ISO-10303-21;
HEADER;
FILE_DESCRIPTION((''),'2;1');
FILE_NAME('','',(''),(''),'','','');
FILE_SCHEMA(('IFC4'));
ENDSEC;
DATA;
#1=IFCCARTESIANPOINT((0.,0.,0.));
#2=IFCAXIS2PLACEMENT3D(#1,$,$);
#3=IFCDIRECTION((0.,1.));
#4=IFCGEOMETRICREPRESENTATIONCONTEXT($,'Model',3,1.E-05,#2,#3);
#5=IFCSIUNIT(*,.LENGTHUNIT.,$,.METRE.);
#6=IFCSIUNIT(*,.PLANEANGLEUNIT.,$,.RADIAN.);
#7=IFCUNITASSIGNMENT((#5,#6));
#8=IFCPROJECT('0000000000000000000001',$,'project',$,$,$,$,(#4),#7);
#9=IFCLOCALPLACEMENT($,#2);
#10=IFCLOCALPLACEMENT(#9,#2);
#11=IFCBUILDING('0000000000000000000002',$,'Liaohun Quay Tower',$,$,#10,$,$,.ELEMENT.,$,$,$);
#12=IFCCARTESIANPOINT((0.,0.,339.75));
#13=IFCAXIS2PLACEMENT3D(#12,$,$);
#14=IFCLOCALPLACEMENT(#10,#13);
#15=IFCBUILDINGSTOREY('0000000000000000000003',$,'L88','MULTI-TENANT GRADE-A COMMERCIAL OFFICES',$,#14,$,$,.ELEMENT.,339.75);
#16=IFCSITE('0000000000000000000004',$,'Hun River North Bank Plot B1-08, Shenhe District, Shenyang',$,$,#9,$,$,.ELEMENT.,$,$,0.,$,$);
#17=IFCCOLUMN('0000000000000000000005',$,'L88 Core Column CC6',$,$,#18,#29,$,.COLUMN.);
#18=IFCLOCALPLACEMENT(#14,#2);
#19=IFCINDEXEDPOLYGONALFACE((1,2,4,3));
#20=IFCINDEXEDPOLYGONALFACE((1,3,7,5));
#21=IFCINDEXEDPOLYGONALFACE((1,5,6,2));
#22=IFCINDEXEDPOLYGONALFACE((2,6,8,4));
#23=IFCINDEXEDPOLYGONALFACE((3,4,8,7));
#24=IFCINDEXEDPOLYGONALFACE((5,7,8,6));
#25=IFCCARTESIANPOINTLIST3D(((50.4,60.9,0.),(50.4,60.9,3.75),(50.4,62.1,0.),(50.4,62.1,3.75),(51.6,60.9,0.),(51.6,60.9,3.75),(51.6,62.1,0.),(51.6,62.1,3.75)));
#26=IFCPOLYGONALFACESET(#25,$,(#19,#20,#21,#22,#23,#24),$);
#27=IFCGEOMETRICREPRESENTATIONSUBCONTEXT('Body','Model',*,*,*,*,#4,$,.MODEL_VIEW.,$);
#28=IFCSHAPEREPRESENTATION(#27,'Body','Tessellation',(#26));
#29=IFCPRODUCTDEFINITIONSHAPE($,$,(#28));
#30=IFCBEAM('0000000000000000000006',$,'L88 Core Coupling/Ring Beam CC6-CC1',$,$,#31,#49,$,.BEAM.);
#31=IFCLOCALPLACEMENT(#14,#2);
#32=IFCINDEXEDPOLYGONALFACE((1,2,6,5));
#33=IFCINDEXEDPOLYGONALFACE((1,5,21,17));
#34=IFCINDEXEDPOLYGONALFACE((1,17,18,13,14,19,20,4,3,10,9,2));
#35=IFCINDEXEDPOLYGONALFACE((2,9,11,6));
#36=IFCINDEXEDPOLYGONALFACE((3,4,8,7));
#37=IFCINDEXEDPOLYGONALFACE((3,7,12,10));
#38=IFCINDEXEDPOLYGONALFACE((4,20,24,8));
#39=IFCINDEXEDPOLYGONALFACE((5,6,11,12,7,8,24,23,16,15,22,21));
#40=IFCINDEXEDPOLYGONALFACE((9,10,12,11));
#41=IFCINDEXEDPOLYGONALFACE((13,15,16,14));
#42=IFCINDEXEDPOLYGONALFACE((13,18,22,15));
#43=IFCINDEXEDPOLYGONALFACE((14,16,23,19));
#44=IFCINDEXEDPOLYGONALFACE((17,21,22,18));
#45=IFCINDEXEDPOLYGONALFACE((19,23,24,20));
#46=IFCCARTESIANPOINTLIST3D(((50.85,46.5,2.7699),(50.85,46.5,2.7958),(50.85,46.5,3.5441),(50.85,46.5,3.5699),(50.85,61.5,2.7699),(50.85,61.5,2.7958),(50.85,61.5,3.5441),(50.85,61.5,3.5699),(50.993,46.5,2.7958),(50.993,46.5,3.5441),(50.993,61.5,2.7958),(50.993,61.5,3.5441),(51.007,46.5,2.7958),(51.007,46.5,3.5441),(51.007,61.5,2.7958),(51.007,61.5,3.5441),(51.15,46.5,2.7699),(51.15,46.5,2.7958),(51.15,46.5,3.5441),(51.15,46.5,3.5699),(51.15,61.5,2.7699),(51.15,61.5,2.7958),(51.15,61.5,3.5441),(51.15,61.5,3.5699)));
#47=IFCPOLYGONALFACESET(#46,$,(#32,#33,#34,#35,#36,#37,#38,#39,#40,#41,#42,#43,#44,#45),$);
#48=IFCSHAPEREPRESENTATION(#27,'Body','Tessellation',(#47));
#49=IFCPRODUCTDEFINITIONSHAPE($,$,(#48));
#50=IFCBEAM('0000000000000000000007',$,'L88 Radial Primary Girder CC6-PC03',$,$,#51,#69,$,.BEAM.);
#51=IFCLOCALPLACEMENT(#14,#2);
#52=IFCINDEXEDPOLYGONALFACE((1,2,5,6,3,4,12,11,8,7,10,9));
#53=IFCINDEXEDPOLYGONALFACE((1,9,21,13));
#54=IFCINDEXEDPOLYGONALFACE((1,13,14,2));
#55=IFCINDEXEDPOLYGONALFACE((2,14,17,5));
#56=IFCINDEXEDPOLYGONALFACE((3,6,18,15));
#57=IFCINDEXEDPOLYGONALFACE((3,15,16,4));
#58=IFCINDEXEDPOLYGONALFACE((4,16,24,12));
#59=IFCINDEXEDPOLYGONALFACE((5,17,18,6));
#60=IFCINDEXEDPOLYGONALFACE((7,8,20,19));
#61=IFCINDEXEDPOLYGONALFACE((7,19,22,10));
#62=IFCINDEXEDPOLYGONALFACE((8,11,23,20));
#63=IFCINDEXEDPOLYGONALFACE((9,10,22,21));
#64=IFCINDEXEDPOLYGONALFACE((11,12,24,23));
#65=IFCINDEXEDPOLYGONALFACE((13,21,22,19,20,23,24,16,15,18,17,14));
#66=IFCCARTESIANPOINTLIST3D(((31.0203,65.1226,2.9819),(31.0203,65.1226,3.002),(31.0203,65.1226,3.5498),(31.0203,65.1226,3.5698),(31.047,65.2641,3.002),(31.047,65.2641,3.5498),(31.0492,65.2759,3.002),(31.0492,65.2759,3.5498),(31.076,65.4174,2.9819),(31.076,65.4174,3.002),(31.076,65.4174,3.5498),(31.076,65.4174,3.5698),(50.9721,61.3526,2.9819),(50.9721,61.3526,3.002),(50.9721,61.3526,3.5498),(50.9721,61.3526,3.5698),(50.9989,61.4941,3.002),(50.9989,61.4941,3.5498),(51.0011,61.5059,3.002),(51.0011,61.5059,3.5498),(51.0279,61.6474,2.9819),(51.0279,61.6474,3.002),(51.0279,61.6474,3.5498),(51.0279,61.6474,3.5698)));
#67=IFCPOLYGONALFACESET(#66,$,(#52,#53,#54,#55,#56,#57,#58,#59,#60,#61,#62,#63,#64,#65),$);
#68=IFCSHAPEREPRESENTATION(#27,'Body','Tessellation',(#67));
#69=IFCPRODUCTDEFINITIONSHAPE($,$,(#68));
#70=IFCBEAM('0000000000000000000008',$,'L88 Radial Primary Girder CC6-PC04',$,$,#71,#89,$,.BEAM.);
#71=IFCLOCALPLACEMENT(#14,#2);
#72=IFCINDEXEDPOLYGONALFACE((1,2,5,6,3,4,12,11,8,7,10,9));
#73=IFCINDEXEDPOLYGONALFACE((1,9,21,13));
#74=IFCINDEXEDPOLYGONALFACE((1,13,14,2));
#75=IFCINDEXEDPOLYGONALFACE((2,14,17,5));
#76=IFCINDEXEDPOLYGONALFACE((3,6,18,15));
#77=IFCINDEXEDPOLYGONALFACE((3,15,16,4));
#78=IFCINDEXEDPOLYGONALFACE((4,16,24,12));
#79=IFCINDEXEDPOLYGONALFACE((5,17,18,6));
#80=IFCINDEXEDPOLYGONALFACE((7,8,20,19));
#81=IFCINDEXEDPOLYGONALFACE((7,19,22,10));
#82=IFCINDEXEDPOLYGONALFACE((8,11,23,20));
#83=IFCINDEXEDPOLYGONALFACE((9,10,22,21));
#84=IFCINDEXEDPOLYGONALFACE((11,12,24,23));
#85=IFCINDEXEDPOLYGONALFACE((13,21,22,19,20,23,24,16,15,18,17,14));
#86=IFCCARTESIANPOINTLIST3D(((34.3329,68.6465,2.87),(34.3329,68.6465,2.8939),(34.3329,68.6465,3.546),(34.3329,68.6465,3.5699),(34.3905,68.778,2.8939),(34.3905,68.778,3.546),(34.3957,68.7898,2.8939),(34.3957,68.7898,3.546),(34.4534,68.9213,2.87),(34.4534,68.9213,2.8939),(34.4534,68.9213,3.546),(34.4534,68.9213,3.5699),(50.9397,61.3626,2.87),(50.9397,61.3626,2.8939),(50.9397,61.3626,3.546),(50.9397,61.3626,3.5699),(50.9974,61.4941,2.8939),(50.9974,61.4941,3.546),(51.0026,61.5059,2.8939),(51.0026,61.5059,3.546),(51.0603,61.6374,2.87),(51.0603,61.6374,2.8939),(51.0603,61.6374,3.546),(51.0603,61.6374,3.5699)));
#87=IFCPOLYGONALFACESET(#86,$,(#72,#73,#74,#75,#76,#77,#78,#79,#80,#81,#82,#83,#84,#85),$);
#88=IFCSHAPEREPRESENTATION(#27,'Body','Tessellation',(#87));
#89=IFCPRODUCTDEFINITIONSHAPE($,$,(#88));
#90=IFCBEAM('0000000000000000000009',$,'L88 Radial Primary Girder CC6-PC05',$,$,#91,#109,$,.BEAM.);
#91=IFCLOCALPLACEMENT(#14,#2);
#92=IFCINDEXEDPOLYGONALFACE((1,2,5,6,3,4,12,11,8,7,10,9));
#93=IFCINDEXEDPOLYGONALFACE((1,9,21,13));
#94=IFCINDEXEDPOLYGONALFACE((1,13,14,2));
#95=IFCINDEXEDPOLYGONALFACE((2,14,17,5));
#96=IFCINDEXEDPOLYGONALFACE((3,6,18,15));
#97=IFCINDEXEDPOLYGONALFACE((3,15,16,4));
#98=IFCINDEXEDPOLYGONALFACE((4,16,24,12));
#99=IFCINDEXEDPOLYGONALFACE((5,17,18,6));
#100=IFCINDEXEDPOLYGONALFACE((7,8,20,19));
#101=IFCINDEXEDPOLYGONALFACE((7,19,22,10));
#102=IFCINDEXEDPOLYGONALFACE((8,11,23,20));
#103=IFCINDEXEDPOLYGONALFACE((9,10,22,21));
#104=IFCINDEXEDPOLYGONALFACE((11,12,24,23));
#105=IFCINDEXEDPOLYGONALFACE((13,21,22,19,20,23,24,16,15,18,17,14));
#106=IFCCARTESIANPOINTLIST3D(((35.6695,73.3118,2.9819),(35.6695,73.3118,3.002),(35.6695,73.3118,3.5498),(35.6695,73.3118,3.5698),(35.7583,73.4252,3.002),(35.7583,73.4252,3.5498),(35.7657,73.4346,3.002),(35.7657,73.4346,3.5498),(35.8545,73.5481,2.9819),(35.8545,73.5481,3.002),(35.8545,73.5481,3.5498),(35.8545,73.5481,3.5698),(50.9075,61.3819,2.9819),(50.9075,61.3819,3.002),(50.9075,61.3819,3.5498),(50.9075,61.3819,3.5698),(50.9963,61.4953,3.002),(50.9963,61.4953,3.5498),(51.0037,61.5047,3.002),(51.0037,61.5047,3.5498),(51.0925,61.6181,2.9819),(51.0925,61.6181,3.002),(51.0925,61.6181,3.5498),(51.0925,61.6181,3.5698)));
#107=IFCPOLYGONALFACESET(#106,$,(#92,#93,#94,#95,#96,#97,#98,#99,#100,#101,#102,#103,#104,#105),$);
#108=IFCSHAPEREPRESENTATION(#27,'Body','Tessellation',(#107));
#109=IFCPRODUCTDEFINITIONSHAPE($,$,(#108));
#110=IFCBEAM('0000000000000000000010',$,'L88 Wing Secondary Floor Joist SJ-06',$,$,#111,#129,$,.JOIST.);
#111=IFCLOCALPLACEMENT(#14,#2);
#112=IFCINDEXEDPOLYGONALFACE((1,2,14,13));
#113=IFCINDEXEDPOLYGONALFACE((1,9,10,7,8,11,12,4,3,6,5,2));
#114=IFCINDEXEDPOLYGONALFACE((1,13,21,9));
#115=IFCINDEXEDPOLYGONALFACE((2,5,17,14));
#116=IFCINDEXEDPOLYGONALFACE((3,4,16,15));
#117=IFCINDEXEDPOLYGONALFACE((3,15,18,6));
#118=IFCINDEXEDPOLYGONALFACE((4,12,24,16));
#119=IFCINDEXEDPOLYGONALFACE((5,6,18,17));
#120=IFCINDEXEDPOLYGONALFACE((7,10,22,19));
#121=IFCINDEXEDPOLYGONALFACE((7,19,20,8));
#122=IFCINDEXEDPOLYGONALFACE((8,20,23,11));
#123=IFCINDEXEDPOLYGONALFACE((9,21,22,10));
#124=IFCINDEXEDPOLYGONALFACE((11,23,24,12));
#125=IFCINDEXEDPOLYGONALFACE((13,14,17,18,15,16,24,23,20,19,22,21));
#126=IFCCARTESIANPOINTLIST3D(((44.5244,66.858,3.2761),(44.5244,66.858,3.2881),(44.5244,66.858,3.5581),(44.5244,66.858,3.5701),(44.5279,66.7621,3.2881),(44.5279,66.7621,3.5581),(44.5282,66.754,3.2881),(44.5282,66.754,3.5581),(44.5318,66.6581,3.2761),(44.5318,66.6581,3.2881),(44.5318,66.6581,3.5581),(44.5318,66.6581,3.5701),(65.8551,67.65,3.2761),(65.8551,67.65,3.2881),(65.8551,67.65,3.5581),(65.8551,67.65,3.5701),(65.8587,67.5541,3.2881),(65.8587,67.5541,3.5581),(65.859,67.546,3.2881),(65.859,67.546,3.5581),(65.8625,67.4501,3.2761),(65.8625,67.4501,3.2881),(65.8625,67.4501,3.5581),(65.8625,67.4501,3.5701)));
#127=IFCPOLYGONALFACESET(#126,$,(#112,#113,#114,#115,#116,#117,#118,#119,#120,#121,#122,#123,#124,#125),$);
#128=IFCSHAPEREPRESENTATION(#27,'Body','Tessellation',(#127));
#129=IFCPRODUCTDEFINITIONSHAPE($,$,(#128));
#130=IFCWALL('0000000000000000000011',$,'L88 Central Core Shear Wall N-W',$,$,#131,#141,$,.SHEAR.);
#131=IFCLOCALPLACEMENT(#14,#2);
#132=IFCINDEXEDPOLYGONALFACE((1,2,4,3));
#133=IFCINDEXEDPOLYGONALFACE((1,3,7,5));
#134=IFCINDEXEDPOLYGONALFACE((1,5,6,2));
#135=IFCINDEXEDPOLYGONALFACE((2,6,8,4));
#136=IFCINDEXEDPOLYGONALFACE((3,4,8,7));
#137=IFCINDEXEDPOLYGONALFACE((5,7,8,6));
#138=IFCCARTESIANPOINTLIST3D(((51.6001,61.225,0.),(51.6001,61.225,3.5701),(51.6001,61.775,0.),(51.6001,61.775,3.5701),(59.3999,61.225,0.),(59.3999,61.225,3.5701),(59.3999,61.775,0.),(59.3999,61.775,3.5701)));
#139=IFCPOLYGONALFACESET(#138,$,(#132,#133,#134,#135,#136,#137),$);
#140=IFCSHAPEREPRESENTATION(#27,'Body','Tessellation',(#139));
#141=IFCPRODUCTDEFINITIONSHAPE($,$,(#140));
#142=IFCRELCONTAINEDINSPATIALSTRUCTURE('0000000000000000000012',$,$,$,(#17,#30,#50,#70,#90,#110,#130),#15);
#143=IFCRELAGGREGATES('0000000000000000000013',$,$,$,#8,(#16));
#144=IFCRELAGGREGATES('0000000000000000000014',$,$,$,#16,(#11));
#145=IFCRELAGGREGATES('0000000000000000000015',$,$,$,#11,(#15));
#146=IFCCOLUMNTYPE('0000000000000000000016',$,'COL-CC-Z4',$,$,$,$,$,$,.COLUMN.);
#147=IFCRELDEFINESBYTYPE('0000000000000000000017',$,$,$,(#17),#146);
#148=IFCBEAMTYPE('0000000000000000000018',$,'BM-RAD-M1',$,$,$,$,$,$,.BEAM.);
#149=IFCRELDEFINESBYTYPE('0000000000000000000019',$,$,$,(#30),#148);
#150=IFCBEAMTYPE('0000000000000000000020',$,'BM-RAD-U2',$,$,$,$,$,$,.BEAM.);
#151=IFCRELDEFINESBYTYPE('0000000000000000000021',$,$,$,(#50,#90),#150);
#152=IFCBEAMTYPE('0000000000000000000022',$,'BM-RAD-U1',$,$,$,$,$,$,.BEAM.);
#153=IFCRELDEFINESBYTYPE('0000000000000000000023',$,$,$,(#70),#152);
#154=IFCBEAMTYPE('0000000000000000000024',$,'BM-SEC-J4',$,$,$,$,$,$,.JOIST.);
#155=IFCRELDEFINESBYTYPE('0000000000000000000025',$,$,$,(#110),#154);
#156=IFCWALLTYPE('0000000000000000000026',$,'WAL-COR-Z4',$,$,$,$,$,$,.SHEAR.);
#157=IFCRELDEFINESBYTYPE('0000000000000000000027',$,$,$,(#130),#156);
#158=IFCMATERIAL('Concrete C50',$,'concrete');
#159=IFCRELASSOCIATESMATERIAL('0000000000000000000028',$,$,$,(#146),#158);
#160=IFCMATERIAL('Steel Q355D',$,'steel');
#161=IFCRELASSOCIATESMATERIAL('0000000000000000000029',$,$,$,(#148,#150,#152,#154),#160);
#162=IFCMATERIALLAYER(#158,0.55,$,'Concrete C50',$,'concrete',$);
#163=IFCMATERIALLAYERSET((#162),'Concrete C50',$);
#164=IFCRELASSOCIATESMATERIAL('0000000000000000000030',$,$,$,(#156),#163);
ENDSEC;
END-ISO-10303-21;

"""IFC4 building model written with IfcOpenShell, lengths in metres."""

from ifc_helpers import new_model, si_unit, direction, frame, frame_2d, origin, origin_2d, place, context, subcontext, project, spatial, rectangle, i_section, extrude, source, transform, mapped, material, layer, layer_set, material_profile, profile_set, type_object, element, save


model = new_model("IFC4")

# Units and contexts
model_context = context("Model", 3, precision=1e-05, world=origin(), true_north=direction((0.0, 1.0)))
body_context = subcontext(model_context, "Body", "Model", "MODEL_VIEW")
ifc_project = project(units=[si_unit("LENGTHUNIT", "METRE"), si_unit("PLANEANGLEUNIT", "RADIAN")], contexts=[model_context])

# Site, building, storey
site_placement = place(None, origin())
site = spatial("IfcSite", under=ifc_project, at=site_placement, Name="Hun River North Bank Plot B1-08, Shenhe District, Shenyang", CompositionType="ELEMENT", RefElevation=0.0)
building_placement = place(site_placement, origin())
building = spatial("IfcBuilding", under=site, at=building_placement, Name="Liaohun Quay Tower", CompositionType="ELEMENT")
storey_placement = place(building_placement, frame((0.0, 0.0, 339.75)))
storey = spatial("IfcBuildingStorey", under=building, at=storey_placement, Name="L88", Description="MULTI-TENANT GRADE-A COMMERCIAL OFFICES", CompositionType="ELEMENT", Elevation=339.75)

# Column
ifc_material_1 = material(Name="Concrete C50", Category="concrete")
ifc_material_profile_1 = material_profile(ifc_material_1, rectangle(XDim=1.2, YDim=1.2, at=origin_2d()), Name="RC1200x1200")
ifc_profile_set_1 = profile_set([ifc_material_profile_1], Name="Concrete C50")
column_type = type_object("IfcColumnType", Name="COL-CC-Z4", PredefinedType="COLUMN", material=ifc_profile_set_1)
shared_shape_1 = source(origin(), body_context, "Body", "SweptSolid", [
    extrude(rectangle(XDim=1.2, YDim=1.2, at=origin_2d()), origin(), (0.0, 0.0, 1.0), 3.75),
])
column_placement = place(storey_placement, frame((51.0, 61.5, 0.0), z_axis=(0.0, 0.0, 1.0), x_axis=(1.0, 0.0, 0.0)))
element("IfcColumn", 1, at=column_placement, inside=storey, type_object=column_type, Name="L88 Core Column CC6", PredefinedType="COLUMN", context=body_context, shape_type="MappedRepresentation", body=[
    mapped(shared_shape_1, transform((0.0, 0.0, 0.0), x_axis=(1.0, 0.0, 0.0), y_axis=(0.0, 1.0, 0.0), z_axis=(0.0, 0.0, 1.0), scale=1.0)),
])

# Beams
ifc_material_2 = material(Name="Steel Q355D", Category="steel")
ifc_material_profile_2 = material_profile(ifc_material_2, i_section(OverallWidth=0.3, OverallDepth=0.8, WebThickness=0.0139, FlangeThickness=0.0259, at=origin_2d()), Name="HN800x300x14x26")
ifc_profile_set_2 = profile_set([ifc_material_profile_2], Name="Steel Q355D")
beam_type_1 = type_object("IfcBeamType", Name="BM-RAD-M1", PredefinedType="BEAM", material=ifc_profile_set_2)
shared_shape_2 = source(origin(), body_context, "Body", "SweptSolid", [
    extrude(i_section(OverallWidth=0.3, OverallDepth=0.8, WebThickness=0.0139, FlangeThickness=0.0259, at=origin_2d()), origin(), (0.0, 0.0, 1.0), 15.0),
])
beam_1_placement = place(storey_placement, frame((51.0, 61.5, 3.1699), z_axis=(0.0, -1.0, 0.0), x_axis=(1.0, 0.0, 0.0)))
element("IfcBeam", 2, at=beam_1_placement, inside=storey, type_object=beam_type_1, Name="L88 Core Coupling/Ring Beam CC6-CC1", PredefinedType="BEAM", context=body_context, shape_type="MappedRepresentation", body=[
    mapped(shared_shape_2, transform((0.0, 0.0, 0.0), x_axis=(1.0, 0.0, 0.0), y_axis=(0.0, 1.0, 0.0), z_axis=(0.0, 0.0, 1.0), scale=1.0)),
])
ifc_material_profile_3 = material_profile(ifc_material_2, i_section(OverallWidth=0.3, OverallDepth=0.5879, WebThickness=0.012, FlangeThickness=0.02, at=origin_2d()), Name="HM588x300x12x20")
ifc_profile_set_3 = profile_set([ifc_material_profile_3], Name="Steel Q355D")
beam_type_2 = type_object("IfcBeamType", Name="BM-RAD-U2", PredefinedType="BEAM", material=ifc_profile_set_3)
shared_shape_3 = source(origin(), body_context, "Body", "SweptSolid", [
    extrude(i_section(OverallWidth=0.3, OverallDepth=0.5879, WebThickness=0.012, FlangeThickness=0.02, at=origin_2d()), origin(), (0.0, 0.0, 1.0), 20.3049),
])
beam_2_placement = place(storey_placement, frame((51.0, 61.5, 3.2759), z_axis=(-0.982612, 0.18567, 0.0), x_axis=(-0.18567, -0.982612, 0.0)))
element("IfcBeam", 3, at=beam_2_placement, inside=storey, type_object=beam_type_2, Name="L88 Radial Primary Girder CC6-PC03", PredefinedType="BEAM", context=body_context, shape_type="MappedRepresentation", body=[
    mapped(shared_shape_3, transform((0.0, 0.0, 0.0), x_axis=(1.0, 0.0, 0.0), y_axis=(0.0, 1.0, 0.0), z_axis=(0.0, 0.0, 1.0), scale=1.0)),
])
ifc_material_profile_4 = material_profile(ifc_material_2, i_section(OverallWidth=0.3, OverallDepth=0.7, WebThickness=0.0129, FlangeThickness=0.0239, at=origin_2d()), Name="HN700x300x13x24")
ifc_profile_set_4 = profile_set([ifc_material_profile_4], Name="Steel Q355D")
beam_type_3 = type_object("IfcBeamType", Name="BM-RAD-U1", PredefinedType="BEAM", material=ifc_profile_set_4)
shared_shape_4 = source(origin(), body_context, "Body", "SweptSolid", [
    extrude(i_section(OverallWidth=0.3, OverallDepth=0.7, WebThickness=0.0129, FlangeThickness=0.0239, at=origin_2d()), origin(), (0.0, 0.0, 1.0), 18.134),
])
beam_3_placement = place(storey_placement, frame((51.0, 61.5, 3.22), z_axis=(-0.915784, 0.40167, 0.0), x_axis=(-0.40167, -0.915784, 0.0)))
element("IfcBeam", 4, at=beam_3_placement, inside=storey, type_object=beam_type_3, Name="L88 Radial Primary Girder CC6-PC04", PredefinedType="BEAM", context=body_context, shape_type="MappedRepresentation", body=[
    mapped(shared_shape_4, transform((0.0, 0.0, 0.0), x_axis=(1.0, 0.0, 0.0), y_axis=(0.0, 1.0, 0.0), z_axis=(0.0, 0.0, 1.0), scale=1.0)),
])
shared_shape_5 = source(origin(), body_context, "Body", "SweptSolid", [
    extrude(i_section(OverallWidth=0.3, OverallDepth=0.5879, WebThickness=0.012, FlangeThickness=0.02, at=origin_2d()), origin(), (0.0, 0.0, 1.0), 19.3525),
])
beam_4_placement = place(storey_placement, frame((51.0, 61.5, 3.2759), z_axis=(-0.787392, 0.616453, 0.0), x_axis=(-0.616453, -0.787392, 0.0)))
element("IfcBeam", 5, at=beam_4_placement, inside=storey, type_object=beam_type_2, Name="L88 Radial Primary Girder CC6-PC05", PredefinedType="BEAM", context=body_context, shape_type="MappedRepresentation", body=[
    mapped(shared_shape_5, transform((0.0, 0.0, 0.0), x_axis=(1.0, 0.0, 0.0), y_axis=(0.0, 1.0, 0.0), z_axis=(0.0, 0.0, 1.0), scale=1.0)),
])
ifc_material_profile_5 = material_profile(ifc_material_2, i_section(OverallWidth=0.2, OverallDepth=0.2939, WebThickness=0.0081, FlangeThickness=0.012, at=origin_2d()), Name="HM294x200x8x12")
ifc_profile_set_5 = profile_set([ifc_material_profile_5], Name="Steel Q355D")
beam_type_4 = type_object("IfcBeamType", Name="BM-SEC-J4", PredefinedType="JOIST", material=ifc_profile_set_5)
shared_shape_6 = source(origin(), body_context, "Body", "SweptSolid", [
    extrude(i_section(OverallWidth=0.2, OverallDepth=0.2939, WebThickness=0.0081, FlangeThickness=0.012, at=origin_2d()), origin(), (0.0, 0.0, 1.0), 21.3455),
])
beam_5_placement = place(storey_placement, frame((44.5281, 66.7581, 3.4231), z_axis=(0.999311, 0.037103, 0.0), x_axis=(-0.037103, 0.999311, 0.0)))
element("IfcBeam", 6, at=beam_5_placement, inside=storey, type_object=beam_type_4, Name="L88 Wing Secondary Floor Joist SJ-06", PredefinedType="JOIST", context=body_context, shape_type="MappedRepresentation", body=[
    mapped(shared_shape_6, transform((0.0, 0.0, 0.0), x_axis=(1.0, 0.0, 0.0), y_axis=(0.0, 1.0, 0.0), z_axis=(0.0, 0.0, 1.0), scale=1.0)),
])

# Wall
ifc_layer_1 = layer(ifc_material_1, 0.55, Name="Concrete C50", Category="concrete")
ifc_layer_set_1 = layer_set([ifc_layer_1], Name="Concrete C50")
wall_type_1 = type_object("IfcWallType", Name="WAL-COR-Z4", PredefinedType="SHEAR", material=ifc_layer_set_1)
wall_1_placement = place(storey_placement, frame((51.6001, 61.5, 0.0), z_axis=(0.0, 0.0, 1.0), x_axis=(1.0, 0.0, 0.0)))
element("IfcWall", 7, at=wall_1_placement, inside=storey, type_object=wall_type_1, Name="L88 Central Core Shear Wall N-W", PredefinedType="SHEAR", context=body_context, shape_type="SweptSolid", body=[
    extrude(rectangle(XDim=7.7998, YDim=0.55, at=frame_2d((3.8999, 0.0))), origin(), (0.0, 0.0, 1.0), 3.5701),
])

save(model, "model.ifc")
